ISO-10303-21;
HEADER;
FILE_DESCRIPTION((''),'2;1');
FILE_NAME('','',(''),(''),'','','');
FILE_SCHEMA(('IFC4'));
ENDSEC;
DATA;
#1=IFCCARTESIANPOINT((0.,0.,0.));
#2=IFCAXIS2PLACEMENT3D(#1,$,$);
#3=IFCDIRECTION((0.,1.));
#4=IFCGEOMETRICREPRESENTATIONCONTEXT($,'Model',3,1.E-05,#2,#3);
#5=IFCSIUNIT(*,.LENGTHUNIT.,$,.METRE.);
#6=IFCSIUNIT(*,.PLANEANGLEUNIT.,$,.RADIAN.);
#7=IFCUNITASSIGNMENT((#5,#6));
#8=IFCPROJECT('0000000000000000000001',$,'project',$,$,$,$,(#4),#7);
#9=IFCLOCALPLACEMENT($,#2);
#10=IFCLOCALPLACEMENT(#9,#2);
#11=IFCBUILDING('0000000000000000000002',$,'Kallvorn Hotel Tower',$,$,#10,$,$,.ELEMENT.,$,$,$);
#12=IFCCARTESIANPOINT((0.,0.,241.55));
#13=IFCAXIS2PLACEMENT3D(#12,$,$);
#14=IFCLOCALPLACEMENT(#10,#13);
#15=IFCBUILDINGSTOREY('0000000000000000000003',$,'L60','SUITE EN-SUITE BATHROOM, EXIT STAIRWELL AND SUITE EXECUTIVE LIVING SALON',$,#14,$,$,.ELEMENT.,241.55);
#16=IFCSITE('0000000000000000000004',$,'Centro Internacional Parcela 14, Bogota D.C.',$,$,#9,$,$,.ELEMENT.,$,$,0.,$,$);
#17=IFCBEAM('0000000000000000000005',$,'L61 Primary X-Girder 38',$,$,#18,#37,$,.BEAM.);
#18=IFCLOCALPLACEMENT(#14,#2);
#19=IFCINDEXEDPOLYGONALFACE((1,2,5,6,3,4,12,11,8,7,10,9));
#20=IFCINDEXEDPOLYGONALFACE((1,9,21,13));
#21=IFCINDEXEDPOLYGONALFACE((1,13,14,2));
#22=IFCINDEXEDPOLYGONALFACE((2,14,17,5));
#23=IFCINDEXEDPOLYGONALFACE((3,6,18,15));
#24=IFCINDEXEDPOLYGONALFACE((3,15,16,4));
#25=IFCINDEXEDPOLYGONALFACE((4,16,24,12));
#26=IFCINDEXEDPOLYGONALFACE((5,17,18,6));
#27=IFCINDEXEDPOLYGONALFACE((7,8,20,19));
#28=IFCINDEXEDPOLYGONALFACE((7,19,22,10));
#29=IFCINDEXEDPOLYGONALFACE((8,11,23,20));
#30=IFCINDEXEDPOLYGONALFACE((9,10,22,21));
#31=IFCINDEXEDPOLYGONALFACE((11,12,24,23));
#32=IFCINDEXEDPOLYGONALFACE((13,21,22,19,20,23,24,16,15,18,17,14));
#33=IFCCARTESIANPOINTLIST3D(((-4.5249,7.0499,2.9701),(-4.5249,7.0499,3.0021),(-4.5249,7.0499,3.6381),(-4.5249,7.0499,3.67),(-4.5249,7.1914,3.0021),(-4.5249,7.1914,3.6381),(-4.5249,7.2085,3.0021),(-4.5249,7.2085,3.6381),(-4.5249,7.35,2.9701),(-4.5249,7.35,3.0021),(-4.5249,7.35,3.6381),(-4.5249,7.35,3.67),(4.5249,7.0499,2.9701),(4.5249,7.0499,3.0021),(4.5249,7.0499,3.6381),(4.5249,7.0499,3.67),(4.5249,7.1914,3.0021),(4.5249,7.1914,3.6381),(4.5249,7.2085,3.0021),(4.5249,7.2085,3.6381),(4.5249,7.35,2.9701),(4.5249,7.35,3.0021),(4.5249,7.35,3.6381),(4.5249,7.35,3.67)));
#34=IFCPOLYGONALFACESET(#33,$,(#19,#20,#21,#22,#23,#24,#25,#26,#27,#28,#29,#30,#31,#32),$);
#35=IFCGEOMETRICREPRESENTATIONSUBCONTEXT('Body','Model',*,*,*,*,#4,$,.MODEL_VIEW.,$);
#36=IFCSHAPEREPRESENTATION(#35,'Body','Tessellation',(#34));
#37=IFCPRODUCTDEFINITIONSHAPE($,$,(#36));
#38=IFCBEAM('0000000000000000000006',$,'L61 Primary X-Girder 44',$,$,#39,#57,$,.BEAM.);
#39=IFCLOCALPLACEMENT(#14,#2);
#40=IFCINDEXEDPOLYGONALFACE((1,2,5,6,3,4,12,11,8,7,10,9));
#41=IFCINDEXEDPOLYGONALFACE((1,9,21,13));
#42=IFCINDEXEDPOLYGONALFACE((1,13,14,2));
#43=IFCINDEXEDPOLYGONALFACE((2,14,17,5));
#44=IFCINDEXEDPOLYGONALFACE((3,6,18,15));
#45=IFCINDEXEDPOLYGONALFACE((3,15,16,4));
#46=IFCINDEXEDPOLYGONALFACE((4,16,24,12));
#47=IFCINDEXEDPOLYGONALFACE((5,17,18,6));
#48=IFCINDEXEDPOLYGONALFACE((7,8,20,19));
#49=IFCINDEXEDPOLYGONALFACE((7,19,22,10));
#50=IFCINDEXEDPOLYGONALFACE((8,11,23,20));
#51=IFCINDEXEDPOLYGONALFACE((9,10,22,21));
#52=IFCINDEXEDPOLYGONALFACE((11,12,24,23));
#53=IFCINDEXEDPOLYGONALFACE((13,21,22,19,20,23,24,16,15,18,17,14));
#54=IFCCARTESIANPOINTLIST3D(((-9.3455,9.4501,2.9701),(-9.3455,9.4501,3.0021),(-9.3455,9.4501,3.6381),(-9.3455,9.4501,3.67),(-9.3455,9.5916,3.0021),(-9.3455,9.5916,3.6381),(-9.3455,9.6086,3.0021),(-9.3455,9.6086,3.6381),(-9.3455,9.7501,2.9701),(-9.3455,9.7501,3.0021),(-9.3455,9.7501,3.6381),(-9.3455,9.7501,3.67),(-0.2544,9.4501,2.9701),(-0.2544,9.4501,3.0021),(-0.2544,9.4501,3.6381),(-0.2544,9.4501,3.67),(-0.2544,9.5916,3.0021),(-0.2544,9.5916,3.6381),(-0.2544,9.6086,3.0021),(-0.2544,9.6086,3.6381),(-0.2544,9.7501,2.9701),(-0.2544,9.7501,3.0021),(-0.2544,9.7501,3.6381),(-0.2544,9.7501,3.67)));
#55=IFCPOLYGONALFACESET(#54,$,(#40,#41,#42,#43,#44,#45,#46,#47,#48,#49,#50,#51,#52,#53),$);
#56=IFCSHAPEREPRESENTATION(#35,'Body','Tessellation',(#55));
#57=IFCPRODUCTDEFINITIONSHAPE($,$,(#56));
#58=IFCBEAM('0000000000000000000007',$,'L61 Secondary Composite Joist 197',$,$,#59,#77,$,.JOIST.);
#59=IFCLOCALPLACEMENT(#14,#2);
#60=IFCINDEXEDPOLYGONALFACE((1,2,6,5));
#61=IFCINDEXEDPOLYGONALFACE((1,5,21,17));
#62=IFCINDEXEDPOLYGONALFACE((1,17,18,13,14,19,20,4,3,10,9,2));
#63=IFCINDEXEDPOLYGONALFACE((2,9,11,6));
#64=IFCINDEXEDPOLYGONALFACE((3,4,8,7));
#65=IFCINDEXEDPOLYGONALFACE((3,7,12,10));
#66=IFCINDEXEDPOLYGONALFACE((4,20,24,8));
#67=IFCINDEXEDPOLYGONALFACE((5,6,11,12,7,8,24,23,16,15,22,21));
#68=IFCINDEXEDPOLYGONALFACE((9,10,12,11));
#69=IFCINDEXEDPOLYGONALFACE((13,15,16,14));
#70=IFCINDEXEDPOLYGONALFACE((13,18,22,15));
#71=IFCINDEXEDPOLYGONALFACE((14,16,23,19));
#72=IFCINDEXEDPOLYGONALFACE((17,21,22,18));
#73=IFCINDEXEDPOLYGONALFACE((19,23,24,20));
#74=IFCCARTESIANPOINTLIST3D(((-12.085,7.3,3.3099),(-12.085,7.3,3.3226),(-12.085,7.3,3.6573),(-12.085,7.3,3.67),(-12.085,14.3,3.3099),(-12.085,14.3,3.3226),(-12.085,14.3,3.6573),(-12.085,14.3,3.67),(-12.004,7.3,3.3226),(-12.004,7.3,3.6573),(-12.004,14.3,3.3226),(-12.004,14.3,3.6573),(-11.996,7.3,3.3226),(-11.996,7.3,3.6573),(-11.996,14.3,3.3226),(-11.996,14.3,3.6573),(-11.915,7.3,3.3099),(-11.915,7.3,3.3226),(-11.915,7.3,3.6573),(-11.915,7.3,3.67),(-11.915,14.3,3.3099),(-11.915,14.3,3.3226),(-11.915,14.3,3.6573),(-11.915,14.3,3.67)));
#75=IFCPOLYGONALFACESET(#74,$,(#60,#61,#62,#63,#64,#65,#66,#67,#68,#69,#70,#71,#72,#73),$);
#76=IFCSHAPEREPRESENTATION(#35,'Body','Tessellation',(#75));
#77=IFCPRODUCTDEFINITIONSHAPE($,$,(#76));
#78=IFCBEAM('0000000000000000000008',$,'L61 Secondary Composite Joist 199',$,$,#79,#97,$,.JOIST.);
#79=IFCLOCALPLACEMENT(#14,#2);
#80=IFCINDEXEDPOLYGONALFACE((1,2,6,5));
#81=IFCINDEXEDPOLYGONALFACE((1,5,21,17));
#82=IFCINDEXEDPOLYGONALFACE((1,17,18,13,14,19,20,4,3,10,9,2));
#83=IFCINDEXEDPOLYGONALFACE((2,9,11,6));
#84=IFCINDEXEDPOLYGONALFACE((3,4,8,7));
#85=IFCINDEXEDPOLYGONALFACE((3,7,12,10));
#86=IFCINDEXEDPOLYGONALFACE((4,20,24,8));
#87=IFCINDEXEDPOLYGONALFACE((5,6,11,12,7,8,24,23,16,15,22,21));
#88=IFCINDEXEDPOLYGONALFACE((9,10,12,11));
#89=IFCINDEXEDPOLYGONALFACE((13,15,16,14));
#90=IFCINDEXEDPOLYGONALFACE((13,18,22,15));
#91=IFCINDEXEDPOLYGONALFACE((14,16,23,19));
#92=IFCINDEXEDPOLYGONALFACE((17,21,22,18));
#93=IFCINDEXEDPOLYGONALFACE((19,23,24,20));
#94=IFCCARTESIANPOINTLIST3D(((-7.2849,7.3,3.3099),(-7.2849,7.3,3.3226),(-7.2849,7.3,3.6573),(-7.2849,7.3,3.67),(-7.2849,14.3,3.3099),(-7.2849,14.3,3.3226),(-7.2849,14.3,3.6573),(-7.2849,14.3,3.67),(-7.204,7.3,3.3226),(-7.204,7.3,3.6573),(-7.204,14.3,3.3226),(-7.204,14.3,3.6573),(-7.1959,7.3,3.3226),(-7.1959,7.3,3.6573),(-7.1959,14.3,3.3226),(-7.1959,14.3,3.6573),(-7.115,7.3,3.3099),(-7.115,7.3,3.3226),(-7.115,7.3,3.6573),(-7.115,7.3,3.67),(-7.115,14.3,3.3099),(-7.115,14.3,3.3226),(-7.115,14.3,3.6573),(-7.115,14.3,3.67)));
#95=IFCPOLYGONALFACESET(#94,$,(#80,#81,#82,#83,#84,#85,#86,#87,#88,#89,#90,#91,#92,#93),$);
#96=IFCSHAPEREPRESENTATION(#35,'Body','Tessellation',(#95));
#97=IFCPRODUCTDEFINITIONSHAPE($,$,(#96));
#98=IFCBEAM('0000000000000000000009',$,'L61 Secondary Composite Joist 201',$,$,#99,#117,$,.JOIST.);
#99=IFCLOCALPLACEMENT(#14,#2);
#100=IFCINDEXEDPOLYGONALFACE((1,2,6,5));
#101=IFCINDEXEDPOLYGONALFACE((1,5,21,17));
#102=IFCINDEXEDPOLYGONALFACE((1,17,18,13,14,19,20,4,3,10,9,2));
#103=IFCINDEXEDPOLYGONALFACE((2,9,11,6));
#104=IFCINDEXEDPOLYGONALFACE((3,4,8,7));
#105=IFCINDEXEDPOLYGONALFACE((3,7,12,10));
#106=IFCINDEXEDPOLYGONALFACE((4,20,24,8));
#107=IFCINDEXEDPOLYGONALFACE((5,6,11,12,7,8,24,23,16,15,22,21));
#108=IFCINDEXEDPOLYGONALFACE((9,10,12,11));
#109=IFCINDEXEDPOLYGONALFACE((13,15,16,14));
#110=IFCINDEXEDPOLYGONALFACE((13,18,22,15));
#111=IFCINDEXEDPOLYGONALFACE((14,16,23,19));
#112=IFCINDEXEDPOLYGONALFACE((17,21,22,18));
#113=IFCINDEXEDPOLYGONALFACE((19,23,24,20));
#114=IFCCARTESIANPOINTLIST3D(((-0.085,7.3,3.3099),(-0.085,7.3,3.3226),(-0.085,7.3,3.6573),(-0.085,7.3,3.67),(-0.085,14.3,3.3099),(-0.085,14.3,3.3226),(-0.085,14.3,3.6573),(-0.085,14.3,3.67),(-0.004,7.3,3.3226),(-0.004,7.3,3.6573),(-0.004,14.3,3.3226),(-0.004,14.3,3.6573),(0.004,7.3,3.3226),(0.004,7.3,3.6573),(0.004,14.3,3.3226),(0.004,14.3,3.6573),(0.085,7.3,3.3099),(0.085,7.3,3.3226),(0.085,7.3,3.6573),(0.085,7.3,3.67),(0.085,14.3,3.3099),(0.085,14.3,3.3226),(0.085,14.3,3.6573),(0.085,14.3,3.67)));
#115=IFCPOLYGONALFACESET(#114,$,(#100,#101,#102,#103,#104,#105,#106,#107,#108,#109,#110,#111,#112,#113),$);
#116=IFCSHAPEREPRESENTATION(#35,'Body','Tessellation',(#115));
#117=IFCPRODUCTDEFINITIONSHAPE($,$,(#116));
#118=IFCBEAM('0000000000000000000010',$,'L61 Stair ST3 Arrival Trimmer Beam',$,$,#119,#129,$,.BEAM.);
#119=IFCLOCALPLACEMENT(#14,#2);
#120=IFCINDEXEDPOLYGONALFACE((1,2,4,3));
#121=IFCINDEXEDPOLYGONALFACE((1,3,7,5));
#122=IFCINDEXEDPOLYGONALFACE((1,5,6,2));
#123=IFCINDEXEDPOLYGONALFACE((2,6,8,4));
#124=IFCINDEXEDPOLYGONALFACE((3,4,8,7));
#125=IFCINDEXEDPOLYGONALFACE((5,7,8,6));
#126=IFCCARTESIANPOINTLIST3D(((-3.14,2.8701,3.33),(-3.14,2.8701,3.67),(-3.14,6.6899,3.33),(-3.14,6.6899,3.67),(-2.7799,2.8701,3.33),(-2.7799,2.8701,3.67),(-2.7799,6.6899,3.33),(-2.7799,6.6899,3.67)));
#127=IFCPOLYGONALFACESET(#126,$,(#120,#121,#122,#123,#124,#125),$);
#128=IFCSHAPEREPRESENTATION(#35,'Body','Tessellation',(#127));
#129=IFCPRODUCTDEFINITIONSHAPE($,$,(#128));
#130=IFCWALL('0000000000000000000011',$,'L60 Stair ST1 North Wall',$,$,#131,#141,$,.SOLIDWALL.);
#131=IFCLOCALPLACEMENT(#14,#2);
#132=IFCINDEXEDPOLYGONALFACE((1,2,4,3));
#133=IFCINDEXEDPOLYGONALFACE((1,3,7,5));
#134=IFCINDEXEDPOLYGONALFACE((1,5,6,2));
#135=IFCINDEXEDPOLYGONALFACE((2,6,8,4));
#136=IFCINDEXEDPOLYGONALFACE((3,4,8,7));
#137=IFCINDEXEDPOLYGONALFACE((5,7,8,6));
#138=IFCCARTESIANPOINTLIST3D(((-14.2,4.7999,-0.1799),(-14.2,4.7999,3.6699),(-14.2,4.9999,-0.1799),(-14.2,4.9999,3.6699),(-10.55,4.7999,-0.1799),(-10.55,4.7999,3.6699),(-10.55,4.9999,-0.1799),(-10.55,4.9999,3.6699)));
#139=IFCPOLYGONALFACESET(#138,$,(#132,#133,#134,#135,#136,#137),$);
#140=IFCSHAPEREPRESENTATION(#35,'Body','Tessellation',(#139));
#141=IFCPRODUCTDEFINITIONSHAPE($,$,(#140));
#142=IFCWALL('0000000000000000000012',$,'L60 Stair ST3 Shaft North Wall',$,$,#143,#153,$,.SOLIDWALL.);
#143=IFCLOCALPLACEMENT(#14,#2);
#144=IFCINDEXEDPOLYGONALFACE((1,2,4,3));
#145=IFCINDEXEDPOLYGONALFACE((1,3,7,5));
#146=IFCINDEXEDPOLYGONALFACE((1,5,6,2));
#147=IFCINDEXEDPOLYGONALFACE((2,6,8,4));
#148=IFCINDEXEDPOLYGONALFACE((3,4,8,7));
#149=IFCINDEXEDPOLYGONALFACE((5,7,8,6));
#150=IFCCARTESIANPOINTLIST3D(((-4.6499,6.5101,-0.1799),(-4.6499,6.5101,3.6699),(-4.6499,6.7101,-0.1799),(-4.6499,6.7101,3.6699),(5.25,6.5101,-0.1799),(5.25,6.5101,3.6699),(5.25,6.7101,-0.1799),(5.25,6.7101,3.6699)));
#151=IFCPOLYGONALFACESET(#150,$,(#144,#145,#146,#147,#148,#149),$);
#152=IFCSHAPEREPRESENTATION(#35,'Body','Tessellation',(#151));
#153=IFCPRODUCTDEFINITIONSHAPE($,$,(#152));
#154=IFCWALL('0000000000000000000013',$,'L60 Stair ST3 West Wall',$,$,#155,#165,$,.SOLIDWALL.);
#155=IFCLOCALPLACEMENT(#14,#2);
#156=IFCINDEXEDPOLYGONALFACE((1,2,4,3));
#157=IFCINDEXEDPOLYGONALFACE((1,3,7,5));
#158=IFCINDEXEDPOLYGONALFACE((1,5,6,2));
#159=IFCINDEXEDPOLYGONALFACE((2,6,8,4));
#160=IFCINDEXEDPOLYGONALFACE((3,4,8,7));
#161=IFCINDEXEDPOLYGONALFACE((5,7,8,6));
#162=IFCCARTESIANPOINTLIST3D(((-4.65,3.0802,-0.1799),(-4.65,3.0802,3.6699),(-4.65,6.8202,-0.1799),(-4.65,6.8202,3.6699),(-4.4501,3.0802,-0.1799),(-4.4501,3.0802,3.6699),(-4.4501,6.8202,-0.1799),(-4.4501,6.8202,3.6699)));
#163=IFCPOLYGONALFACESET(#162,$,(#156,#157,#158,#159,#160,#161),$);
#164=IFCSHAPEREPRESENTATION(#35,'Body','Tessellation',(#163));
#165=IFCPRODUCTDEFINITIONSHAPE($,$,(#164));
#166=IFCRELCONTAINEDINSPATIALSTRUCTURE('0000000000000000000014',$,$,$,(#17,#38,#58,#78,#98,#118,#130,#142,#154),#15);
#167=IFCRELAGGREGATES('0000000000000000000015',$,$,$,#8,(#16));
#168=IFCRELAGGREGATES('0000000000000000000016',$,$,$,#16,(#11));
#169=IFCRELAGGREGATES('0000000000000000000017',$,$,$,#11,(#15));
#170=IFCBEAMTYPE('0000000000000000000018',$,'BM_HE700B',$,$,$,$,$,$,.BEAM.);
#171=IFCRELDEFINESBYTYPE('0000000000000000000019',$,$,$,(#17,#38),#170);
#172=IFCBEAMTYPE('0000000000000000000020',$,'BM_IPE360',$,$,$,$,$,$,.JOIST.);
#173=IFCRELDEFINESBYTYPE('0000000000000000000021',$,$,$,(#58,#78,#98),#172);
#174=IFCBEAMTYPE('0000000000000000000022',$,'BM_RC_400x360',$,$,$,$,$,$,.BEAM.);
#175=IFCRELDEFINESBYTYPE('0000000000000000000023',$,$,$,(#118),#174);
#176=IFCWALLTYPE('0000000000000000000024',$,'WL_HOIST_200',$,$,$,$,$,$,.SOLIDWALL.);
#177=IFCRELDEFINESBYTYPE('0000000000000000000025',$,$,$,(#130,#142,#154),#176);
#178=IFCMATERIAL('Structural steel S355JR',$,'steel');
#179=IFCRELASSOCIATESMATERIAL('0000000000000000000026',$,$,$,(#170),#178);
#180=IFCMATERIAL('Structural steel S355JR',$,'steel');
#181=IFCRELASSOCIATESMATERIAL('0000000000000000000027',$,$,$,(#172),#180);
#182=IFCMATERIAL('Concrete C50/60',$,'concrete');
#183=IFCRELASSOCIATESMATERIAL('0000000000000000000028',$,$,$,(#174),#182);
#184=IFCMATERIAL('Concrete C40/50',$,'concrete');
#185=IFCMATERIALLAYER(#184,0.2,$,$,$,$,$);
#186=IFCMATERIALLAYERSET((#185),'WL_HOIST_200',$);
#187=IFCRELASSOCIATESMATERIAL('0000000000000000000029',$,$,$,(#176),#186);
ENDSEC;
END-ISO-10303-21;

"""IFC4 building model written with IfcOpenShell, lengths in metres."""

from ifc_helpers import new_model, si_unit, direction, frame, frame_2d, origin, origin_2d, place, context, subcontext, project, spatial, rectangle, i_section, extrude, material, layer, layer_set, material_profile, profile_set, type_object, element, save


model = new_model("IFC4")

# Units and contexts
model_context = context("Model", 3, precision=1e-05, world=origin(), true_north=direction((0.0, 1.0)))
body_context = subcontext(model_context, "Body", "Model", "MODEL_VIEW")
ifc_project = project(units=[si_unit("LENGTHUNIT", "METRE"), si_unit("PLANEANGLEUNIT", "RADIAN")], contexts=[model_context])

# Site, building, storey
site_placement = place(None, origin())
site = spatial("IfcSite", under=ifc_project, at=site_placement, Name="Centro Internacional Parcela 14, Bogota D.C.", CompositionType="ELEMENT", RefElevation=0.0)
building_placement = place(site_placement, origin())
building = spatial("IfcBuilding", under=site, at=building_placement, Name="Kallvorn Hotel Tower", CompositionType="ELEMENT")
storey_placement = place(building_placement, frame((0.0, 0.0, 241.55)))
storey = spatial("IfcBuildingStorey", under=building, at=storey_placement, Name="L60", Description="SUITE EN-SUITE BATHROOM, EXIT STAIRWELL AND SUITE EXECUTIVE LIVING SALON", CompositionType="ELEMENT", Elevation=241.55)

# Beams
ifc_material_1 = material(Name="Structural steel S355JR", Category="steel")
ifc_material_profile_1 = material_profile(ifc_material_1, i_section(OverallWidth=0.3, OverallDepth=0.7, WebThickness=0.0171, FlangeThickness=0.032, at=origin_2d()), Name="HE 700 B")
ifc_profile_set_1 = profile_set([ifc_material_profile_1], Name="Structural steel S355JR")
beam_type_1 = type_object("IfcBeamType", Name="BM_HE700B", PredefinedType="BEAM", material=ifc_profile_set_1)
beam_1_placement = place(storey_placement, frame((-4.5249, 7.2, 3.3201), z_axis=(1.0, 0.0, 0.0), x_axis=(0.0, 1.0, 0.0)))
element("IfcBeam", 1, at=beam_1_placement, inside=storey, type_object=beam_type_1, Name="L61 Primary X-Girder 38", PredefinedType="BEAM", context=body_context, shape_type="SweptSolid", body=[
    extrude(i_section(OverallWidth=0.3, OverallDepth=0.7, WebThickness=0.0171, FlangeThickness=0.032, at=origin_2d()), origin(), (0.0, 0.0, 1.0), 9.0498),
])
beam_2_placement = place(storey_placement, frame((-9.3455, 9.6001, 3.3201), z_axis=(1.0, 0.0, 0.0), x_axis=(0.0, 1.0, 0.0)))
element("IfcBeam", 2, at=beam_2_placement, inside=storey, type_object=beam_type_1, Name="L61 Primary X-Girder 44", PredefinedType="BEAM", context=body_context, shape_type="SweptSolid", body=[
    extrude(i_section(OverallWidth=0.3, OverallDepth=0.7, WebThickness=0.0171, FlangeThickness=0.032, at=origin_2d()), origin(), (0.0, 0.0, 1.0), 9.0911),
])
ifc_material_2 = material(Name="Structural steel S355JR", Category="steel")
ifc_material_profile_2 = material_profile(ifc_material_2, i_section(OverallWidth=0.1699, OverallDepth=0.3601, WebThickness=0.0081, FlangeThickness=0.0127, at=origin_2d()), Name="IPE 360")
ifc_profile_set_2 = profile_set([ifc_material_profile_2], Name="Structural steel S355JR")
beam_type_2 = type_object("IfcBeamType", Name="BM_IPE360", PredefinedType="JOIST", material=ifc_profile_set_2)
for number, where, z_axis, x_axis, name in (
    (3, (-12.0, 7.3, 3.49), (0.0, 1.0, 0.0), (-1.0, 0.0, 0.0), "L61 Secondary Composite Joist 197"),
    (4, (-7.2, 7.3, 3.49), (0.0, 1.0, 0.0), (-1.0, 0.0, 0.0), "L61 Secondary Composite Joist 199"),
    (5, (0.0, 7.3, 3.49), (0.0, 1.0, 0.0), (-1.0, 0.0, 0.0), "L61 Secondary Composite Joist 201"),
):
    element("IfcBeam", number, at=place(storey_placement, frame(where, z_axis=z_axis, x_axis=x_axis)), inside=storey, type_object=beam_type_2, Name=name, PredefinedType="JOIST", context=body_context, shape_type="SweptSolid", body=[
        extrude(i_section(OverallWidth=0.1699, OverallDepth=0.3601, WebThickness=0.0081, FlangeThickness=0.0127, at=origin_2d()), origin(), (0.0, 0.0, 1.0), 7.0),
    ])
ifc_material_3 = material(Name="Concrete C50/60", Category="concrete")
ifc_material_profile_3 = material_profile(ifc_material_3, rectangle(XDim=0.3601, YDim=0.3401, at=origin_2d()), Name="RC 360x340")
ifc_profile_set_3 = profile_set([ifc_material_profile_3], Name="Concrete C50/60")
beam_type_3 = type_object("IfcBeamType", Name="BM_RC_400x360", PredefinedType="BEAM", material=ifc_profile_set_3)
beam_3_placement = place(storey_placement, frame((-2.96, 2.8701, 3.5), z_axis=(0.0, 1.0, 0.0), x_axis=(-1.0, 0.0, 0.0)))
element("IfcBeam", 6, at=beam_3_placement, inside=storey, type_object=beam_type_3, Name="L61 Stair ST3 Arrival Trimmer Beam", PredefinedType="BEAM", context=body_context, shape_type="SweptSolid", body=[
    extrude(rectangle(XDim=0.3601, YDim=0.3401, at=origin_2d()), origin(), (0.0, 0.0, 1.0), 3.8198),
])

# Walls
ifc_material_4 = material(Name="Concrete C40/50", Category="concrete")
ifc_layer_1 = layer(ifc_material_4, 0.2)
ifc_layer_set_1 = layer_set([ifc_layer_1], Name="WL_HOIST_200")
wall_type_1 = type_object("IfcWallType", Name="WL_HOIST_200", PredefinedType="SOLIDWALL", material=ifc_layer_set_1)
wall_1_placement = place(storey_placement, frame((-14.2, 4.8999, -0.1799), z_axis=(0.0, 0.0, 1.0), x_axis=(1.0, 0.0, 0.0)))
element("IfcWall", 7, at=wall_1_placement, inside=storey, type_object=wall_type_1, Name="L60 Stair ST1 North Wall", PredefinedType="SOLIDWALL", context=body_context, shape_type="SweptSolid", body=[
    extrude(rectangle(XDim=3.6499, YDim=0.2, at=frame_2d((1.825, 0.0))), origin(), (0.0, 0.0, 1.0), 3.8499),
])
wall_2_placement = place(storey_placement, frame((-4.6499, 6.6101, -0.1799), z_axis=(0.0, 0.0, 1.0), x_axis=(1.0, 0.0, 0.0)))
element("IfcWall", 8, at=wall_2_placement, inside=storey, type_object=wall_type_1, Name="L60 Stair ST3 Shaft North Wall", PredefinedType="SOLIDWALL", context=body_context, shape_type="SweptSolid", body=[
    extrude(rectangle(XDim=9.8999, YDim=0.2, at=frame_2d((4.95, 0.0))), origin(), (0.0, 0.0, 1.0), 3.8499),
])
wall_3_placement = place(storey_placement, frame((-4.55, 3.0801, -0.1799), z_axis=(0.0, 0.0, 1.0), x_axis=(0.0, 1.0, 0.0)))
element("IfcWall", 9, at=wall_3_placement, inside=storey, type_object=wall_type_1, Name="L60 Stair ST3 West Wall", PredefinedType="SOLIDWALL", context=body_context, shape_type="SweptSolid", body=[
    extrude(rectangle(XDim=3.74, YDim=0.2, at=frame_2d((1.8701, 0.0))), origin(), (0.0, 0.0, 1.0), 3.8499),
])

save(model, "model.ifc")
